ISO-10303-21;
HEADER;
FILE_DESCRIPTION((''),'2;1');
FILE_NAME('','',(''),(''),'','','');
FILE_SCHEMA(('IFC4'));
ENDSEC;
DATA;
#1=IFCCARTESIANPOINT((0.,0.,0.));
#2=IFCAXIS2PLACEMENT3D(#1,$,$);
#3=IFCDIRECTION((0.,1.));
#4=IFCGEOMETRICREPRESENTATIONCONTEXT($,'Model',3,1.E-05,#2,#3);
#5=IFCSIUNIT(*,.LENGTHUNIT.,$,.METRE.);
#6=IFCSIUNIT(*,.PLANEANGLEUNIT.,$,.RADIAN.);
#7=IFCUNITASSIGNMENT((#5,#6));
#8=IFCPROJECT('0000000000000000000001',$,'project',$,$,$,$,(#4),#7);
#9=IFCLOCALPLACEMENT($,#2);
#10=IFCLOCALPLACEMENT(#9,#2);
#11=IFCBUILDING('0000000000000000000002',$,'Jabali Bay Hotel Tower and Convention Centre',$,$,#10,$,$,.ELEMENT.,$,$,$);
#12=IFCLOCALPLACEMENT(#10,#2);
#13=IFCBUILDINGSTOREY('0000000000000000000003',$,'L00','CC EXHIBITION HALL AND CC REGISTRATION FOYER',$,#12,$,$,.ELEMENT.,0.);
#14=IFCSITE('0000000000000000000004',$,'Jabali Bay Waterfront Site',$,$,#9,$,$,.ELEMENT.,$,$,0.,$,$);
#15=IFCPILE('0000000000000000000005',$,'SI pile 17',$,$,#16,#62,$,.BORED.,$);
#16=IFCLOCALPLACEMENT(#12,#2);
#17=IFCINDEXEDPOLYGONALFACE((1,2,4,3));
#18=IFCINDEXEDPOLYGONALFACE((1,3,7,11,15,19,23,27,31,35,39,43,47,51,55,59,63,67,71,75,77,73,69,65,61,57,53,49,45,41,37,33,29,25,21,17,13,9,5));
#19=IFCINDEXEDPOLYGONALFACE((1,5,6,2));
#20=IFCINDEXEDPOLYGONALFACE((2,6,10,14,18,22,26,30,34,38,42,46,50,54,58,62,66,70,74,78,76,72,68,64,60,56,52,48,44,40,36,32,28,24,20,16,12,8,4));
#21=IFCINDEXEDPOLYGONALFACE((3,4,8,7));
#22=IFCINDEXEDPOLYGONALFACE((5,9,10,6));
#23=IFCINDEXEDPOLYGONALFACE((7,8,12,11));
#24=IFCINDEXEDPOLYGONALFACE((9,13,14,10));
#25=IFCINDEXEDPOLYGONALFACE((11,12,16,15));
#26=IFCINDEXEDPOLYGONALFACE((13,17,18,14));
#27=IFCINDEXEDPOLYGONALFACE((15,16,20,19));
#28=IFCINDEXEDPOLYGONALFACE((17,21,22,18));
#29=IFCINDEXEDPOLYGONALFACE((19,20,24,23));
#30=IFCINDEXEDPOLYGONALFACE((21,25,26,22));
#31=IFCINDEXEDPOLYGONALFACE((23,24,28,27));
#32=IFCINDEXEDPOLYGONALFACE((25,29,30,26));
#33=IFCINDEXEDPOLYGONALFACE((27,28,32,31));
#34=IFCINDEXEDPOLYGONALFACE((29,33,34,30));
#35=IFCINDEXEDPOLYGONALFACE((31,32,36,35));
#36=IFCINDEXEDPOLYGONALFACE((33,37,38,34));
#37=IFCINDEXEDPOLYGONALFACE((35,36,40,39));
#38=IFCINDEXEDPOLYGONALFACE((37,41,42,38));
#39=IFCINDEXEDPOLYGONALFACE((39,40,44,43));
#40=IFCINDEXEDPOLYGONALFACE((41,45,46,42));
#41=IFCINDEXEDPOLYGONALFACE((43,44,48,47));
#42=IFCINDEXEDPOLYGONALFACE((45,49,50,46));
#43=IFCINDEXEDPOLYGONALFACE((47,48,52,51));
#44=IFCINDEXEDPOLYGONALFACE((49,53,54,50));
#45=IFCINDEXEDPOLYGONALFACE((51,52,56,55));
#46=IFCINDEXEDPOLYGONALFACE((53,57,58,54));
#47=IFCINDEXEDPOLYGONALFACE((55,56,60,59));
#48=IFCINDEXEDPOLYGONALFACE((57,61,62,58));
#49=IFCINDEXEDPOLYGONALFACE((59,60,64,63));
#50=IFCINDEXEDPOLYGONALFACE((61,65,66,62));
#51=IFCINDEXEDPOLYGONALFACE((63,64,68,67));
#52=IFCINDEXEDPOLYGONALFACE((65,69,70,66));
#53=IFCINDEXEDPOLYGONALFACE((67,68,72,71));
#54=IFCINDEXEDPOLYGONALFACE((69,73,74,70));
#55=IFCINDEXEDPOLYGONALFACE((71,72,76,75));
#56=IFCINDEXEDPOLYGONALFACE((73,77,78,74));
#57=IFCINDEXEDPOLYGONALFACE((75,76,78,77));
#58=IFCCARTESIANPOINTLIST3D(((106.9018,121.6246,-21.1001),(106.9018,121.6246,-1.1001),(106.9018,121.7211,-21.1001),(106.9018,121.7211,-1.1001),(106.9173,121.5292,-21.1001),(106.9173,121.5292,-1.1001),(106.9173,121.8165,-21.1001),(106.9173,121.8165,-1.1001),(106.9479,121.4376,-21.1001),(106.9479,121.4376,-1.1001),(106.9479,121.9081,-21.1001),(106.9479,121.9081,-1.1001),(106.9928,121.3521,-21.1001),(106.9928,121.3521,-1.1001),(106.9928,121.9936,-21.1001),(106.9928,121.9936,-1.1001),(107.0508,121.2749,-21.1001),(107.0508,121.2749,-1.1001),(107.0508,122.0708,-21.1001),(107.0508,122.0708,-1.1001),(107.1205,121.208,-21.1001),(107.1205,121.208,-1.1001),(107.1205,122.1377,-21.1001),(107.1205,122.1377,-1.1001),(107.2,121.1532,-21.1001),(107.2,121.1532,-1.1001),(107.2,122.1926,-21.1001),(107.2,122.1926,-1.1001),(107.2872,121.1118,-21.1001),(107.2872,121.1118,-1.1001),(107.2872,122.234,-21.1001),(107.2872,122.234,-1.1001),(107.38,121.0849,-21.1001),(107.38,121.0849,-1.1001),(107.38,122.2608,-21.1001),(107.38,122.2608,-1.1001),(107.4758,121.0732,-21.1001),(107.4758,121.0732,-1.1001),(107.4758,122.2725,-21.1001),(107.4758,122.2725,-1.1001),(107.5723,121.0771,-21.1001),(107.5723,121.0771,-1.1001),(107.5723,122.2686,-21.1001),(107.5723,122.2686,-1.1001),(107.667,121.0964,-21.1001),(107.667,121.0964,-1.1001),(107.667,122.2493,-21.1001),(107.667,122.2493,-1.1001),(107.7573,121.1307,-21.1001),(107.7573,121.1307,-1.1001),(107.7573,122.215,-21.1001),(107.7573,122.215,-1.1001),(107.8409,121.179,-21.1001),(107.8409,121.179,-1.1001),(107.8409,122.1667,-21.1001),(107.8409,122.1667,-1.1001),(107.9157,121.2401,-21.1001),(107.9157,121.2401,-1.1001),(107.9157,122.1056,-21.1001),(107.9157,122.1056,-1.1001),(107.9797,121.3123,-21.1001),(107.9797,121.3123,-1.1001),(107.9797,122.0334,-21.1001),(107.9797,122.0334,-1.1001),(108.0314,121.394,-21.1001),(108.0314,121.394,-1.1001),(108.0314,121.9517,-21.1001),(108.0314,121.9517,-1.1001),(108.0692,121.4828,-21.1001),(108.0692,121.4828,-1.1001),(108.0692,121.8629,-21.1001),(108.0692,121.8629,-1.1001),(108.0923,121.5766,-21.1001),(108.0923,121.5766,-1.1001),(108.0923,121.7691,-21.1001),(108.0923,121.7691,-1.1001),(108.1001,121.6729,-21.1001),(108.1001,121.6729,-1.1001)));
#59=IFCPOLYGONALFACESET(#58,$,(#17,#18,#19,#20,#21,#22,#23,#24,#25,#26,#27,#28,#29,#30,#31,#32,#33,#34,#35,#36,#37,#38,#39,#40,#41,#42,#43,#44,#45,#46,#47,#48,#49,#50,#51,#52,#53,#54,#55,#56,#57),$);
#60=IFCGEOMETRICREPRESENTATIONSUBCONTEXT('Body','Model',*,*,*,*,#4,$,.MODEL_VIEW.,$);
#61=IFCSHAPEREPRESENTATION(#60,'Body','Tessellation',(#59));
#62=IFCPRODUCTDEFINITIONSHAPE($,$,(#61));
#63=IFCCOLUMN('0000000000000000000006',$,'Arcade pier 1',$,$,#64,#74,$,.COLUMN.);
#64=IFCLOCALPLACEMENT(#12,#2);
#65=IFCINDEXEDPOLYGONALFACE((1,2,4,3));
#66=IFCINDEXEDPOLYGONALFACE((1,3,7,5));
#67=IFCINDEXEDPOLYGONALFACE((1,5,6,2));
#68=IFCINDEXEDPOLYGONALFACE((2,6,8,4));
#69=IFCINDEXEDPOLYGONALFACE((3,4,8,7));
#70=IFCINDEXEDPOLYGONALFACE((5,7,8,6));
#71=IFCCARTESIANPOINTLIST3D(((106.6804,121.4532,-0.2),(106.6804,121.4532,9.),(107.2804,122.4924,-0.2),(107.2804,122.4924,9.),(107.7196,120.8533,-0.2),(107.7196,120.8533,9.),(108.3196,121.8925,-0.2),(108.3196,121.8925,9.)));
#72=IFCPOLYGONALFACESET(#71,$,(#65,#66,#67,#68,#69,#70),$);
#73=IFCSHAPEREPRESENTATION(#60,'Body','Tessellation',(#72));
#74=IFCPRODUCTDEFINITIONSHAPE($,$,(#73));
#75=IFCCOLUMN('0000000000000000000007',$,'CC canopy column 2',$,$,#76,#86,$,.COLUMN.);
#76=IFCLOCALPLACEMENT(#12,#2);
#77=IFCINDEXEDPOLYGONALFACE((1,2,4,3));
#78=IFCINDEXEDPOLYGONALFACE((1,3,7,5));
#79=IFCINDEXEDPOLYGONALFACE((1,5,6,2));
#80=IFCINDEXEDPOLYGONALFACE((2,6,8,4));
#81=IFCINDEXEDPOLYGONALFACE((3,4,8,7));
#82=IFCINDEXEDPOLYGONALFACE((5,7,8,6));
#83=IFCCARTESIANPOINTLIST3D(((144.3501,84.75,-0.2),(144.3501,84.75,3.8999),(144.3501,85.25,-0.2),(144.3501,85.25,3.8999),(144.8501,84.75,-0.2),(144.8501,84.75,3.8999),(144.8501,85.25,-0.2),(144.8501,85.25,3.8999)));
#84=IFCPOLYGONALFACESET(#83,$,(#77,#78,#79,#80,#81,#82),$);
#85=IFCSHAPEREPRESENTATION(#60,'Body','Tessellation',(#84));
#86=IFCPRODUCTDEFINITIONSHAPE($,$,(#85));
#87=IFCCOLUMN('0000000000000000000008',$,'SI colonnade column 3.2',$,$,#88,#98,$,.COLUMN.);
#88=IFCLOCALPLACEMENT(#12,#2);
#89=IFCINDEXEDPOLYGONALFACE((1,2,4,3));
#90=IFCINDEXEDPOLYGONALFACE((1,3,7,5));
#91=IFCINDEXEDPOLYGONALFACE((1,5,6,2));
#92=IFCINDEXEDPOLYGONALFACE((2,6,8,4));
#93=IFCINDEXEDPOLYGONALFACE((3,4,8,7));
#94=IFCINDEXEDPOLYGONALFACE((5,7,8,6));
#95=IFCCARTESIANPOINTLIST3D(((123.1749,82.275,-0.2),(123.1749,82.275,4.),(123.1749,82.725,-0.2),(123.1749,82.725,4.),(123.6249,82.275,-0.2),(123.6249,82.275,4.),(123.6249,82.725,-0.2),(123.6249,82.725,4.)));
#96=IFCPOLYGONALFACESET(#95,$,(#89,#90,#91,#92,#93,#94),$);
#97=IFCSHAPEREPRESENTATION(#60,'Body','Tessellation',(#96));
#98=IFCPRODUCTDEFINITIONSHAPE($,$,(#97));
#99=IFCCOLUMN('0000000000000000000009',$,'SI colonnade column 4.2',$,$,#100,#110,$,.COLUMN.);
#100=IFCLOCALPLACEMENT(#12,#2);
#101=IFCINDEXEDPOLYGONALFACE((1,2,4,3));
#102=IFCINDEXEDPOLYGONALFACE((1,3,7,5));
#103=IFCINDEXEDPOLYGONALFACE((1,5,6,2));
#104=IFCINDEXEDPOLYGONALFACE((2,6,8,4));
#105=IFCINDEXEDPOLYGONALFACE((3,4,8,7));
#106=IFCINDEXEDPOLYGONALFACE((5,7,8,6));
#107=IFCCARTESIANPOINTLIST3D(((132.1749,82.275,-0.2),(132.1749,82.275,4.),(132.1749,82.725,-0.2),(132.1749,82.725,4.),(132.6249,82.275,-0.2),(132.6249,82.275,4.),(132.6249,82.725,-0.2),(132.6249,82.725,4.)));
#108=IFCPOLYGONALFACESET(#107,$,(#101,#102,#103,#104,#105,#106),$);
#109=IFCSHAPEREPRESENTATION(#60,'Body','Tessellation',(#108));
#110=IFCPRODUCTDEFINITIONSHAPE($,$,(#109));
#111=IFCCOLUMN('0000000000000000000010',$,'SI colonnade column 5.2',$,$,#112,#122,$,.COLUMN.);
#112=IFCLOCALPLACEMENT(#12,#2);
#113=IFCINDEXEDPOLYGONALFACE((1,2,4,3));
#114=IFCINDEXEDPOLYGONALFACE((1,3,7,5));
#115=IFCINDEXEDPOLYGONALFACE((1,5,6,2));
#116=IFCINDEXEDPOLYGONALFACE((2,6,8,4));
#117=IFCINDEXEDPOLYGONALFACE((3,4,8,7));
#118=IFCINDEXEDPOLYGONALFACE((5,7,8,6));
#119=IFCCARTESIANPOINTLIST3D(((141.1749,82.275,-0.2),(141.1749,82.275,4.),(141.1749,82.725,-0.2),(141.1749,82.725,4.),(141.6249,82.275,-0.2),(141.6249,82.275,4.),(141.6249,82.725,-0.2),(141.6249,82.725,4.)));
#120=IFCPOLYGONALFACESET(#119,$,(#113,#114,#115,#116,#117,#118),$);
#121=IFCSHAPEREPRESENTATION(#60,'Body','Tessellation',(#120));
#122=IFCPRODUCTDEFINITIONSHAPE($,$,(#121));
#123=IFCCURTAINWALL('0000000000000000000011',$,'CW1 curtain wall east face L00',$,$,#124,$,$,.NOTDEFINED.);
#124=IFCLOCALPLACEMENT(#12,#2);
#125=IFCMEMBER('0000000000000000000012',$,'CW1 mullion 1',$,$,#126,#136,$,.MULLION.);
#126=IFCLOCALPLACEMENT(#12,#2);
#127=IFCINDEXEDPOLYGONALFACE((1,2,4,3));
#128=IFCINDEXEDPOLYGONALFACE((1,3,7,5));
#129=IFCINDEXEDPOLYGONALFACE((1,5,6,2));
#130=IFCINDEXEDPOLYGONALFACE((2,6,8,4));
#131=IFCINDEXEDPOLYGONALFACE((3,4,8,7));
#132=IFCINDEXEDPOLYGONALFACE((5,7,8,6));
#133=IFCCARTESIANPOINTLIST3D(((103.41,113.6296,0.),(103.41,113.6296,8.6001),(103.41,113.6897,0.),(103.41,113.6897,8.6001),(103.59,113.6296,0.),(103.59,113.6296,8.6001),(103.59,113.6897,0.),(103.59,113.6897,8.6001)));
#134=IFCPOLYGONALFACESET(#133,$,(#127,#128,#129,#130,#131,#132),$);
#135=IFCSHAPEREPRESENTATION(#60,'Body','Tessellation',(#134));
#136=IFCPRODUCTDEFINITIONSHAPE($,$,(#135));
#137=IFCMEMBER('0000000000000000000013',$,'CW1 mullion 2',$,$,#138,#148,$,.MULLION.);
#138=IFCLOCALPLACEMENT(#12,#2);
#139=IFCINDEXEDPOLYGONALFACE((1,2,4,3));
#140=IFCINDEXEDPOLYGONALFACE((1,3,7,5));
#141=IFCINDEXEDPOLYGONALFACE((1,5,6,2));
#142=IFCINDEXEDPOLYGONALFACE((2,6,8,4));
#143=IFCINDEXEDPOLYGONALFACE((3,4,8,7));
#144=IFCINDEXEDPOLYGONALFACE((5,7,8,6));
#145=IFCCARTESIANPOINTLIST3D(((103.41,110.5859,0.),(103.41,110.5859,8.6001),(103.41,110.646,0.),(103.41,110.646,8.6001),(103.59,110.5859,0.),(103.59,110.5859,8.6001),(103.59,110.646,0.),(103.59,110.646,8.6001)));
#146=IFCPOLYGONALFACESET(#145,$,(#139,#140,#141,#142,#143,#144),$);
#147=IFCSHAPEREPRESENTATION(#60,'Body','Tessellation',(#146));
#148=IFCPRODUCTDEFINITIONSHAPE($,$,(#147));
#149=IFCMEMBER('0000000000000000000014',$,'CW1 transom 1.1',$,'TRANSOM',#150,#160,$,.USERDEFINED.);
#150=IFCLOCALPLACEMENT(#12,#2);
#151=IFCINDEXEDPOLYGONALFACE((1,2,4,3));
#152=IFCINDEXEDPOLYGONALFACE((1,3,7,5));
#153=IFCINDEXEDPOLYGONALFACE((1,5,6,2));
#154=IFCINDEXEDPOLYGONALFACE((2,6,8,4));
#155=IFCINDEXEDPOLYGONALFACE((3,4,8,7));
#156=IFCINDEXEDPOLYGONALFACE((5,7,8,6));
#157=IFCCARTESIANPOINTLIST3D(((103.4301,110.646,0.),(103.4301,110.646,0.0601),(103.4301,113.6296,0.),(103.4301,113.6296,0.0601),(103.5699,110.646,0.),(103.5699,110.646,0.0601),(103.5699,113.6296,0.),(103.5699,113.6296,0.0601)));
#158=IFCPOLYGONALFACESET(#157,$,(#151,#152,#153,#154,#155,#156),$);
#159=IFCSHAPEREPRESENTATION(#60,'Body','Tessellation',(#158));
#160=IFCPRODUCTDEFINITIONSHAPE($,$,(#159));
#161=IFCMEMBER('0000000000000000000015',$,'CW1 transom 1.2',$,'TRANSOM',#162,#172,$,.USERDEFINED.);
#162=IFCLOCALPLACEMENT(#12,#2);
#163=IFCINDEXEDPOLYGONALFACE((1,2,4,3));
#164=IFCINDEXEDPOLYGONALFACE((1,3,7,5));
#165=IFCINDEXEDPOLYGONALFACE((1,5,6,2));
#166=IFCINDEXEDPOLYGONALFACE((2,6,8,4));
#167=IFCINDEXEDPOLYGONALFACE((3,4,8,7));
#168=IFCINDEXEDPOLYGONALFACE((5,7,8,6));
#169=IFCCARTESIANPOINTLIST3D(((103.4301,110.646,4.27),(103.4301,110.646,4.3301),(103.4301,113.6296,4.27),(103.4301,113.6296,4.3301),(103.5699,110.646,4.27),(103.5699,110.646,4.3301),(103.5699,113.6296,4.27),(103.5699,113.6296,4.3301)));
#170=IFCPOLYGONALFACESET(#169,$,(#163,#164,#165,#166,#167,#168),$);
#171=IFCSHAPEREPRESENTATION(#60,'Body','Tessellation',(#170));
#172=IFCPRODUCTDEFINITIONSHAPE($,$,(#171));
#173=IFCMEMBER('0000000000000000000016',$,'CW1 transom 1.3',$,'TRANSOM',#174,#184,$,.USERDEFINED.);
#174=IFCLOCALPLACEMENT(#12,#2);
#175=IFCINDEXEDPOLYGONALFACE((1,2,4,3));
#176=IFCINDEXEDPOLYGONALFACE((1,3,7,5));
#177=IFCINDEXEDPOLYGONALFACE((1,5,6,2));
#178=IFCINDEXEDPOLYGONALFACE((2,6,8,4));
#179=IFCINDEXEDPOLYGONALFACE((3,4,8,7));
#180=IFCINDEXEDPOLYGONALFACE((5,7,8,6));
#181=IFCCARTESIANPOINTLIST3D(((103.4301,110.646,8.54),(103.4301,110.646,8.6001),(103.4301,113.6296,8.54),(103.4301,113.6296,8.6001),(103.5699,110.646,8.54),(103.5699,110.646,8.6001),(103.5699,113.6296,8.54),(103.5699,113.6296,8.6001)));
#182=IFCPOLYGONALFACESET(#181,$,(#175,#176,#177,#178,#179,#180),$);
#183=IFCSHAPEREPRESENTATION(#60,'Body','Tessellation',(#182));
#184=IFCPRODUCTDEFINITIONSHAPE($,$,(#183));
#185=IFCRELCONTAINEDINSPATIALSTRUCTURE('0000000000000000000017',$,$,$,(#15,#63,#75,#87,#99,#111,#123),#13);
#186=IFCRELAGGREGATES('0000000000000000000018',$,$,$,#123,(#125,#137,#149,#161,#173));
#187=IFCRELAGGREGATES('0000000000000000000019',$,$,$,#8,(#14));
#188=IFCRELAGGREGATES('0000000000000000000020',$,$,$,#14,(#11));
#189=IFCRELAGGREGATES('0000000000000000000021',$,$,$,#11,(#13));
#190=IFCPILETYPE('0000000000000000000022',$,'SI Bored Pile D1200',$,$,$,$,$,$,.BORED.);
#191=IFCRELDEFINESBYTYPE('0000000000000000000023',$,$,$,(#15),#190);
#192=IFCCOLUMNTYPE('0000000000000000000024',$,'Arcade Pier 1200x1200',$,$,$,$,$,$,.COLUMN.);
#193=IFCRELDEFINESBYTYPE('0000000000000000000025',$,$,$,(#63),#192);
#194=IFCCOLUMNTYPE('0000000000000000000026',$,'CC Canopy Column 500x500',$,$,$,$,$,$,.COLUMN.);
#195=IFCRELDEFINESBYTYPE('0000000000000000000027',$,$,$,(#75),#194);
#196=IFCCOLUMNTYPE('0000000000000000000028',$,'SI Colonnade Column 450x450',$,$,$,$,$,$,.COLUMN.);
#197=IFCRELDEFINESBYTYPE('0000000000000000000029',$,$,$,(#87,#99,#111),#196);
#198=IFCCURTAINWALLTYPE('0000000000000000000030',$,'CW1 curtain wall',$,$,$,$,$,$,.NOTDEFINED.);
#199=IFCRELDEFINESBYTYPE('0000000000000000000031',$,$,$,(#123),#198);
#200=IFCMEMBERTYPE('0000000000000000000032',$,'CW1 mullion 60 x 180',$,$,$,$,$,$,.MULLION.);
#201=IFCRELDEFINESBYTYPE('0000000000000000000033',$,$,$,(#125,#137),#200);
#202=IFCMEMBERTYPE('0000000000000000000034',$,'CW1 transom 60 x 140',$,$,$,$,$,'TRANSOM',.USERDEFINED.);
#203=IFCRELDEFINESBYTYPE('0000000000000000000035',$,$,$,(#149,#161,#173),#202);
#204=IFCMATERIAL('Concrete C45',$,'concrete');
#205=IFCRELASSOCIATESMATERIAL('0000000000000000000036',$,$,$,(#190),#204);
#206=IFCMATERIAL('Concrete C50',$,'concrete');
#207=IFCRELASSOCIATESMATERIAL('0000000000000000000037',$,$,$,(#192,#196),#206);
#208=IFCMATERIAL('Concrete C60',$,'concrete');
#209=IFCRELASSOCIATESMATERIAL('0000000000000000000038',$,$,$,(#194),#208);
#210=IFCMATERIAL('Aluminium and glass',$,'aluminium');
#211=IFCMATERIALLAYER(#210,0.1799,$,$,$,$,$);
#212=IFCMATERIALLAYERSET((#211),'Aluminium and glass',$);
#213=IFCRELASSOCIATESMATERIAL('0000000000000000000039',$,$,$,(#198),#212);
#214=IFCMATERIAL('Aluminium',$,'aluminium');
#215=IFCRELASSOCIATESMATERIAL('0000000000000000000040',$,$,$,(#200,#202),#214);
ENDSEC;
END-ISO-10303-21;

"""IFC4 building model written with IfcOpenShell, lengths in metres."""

from ifc_helpers import new_model, si_unit, direction, frame, origin, origin_2d, place, context, subcontext, project, spatial, rectangle, circle, extrude, material, layer, layer_set, material_profile, profile_set, type_object, element, aggregate, save


model = new_model("IFC4")

# Units and contexts
model_context = context("Model", 3, precision=1e-05, world=origin(), true_north=direction((0.0, 1.0)))
body_context = subcontext(model_context, "Body", "Model", "MODEL_VIEW")
ifc_project = project(units=[si_unit("LENGTHUNIT", "METRE"), si_unit("PLANEANGLEUNIT", "RADIAN")], contexts=[model_context])

# Site, building, storey
site_placement = place(None, origin())
site = spatial("IfcSite", under=ifc_project, at=site_placement, Name="Jabali Bay Waterfront Site", CompositionType="ELEMENT", RefElevation=0.0)
building_placement = place(site_placement, origin())
building = spatial("IfcBuilding", under=site, at=building_placement, Name="Jabali Bay Hotel Tower and Convention Centre", CompositionType="ELEMENT")
storey_placement = place(building_placement, origin())
storey = spatial("IfcBuildingStorey", under=building, at=storey_placement, Name="L00", Description="CC EXHIBITION HALL AND CC REGISTRATION FOYER", CompositionType="ELEMENT", Elevation=0.0)

# Pile
ifc_material_1 = material(Name="Concrete C45", Category="concrete")
ifc_material_profile_1 = material_profile(ifc_material_1, circle(Radius=0.6001, at=origin_2d()), Name="D1200")
ifc_profile_set_1 = profile_set([ifc_material_profile_1], Name="Concrete C45")
pile_type_1 = type_object("IfcPileType", Name="SI Bored Pile D1200", PredefinedType="BORED", material=ifc_profile_set_1)
for number, where, z_axis, x_axis, name in (
    (1, (107.5, 121.6729, -1.1001), (0.0, 0.0, -1.0), (1.0, 0.0, 0.0), "SI pile 17"),
):
    element("IfcPile", number, at=place(storey_placement, frame(where, z_axis=z_axis, x_axis=x_axis)), inside=storey, type_object=pile_type_1, Name=name, PredefinedType="BORED", context=body_context, shape_type="SweptSolid", body=[
        extrude(circle(Radius=0.6001, at=origin_2d()), origin(), (0.0, 0.0, 1.0), 20.0),
    ])

# Columns
ifc_material_2 = material(Name="Concrete C50", Category="concrete")
ifc_material_profile_2 = material_profile(ifc_material_2, rectangle(XDim=1.2, YDim=1.2, at=origin_2d()), Name="RC 1200x1200")
ifc_profile_set_2 = profile_set([ifc_material_profile_2], Name="Concrete C50")
column_type_1 = type_object("IfcColumnType", Name="Arcade Pier 1200x1200", PredefinedType="COLUMN", material=ifc_profile_set_2)
column_1_placement = place(storey_placement, frame((107.5, 121.6729, -0.2), z_axis=(0.0, 0.0, 1.0), x_axis=(-0.866025, 0.5, 0.0)))
element("IfcColumn", 2, at=column_1_placement, inside=storey, type_object=column_type_1, Name="Arcade pier 1", PredefinedType="COLUMN", context=body_context, shape_type="SweptSolid", body=[
    extrude(rectangle(XDim=1.2, YDim=1.2, at=origin_2d()), origin(), (0.0, 0.0, 1.0), 9.2),
])
ifc_material_3 = material(Name="Concrete C60", Category="concrete")
ifc_material_profile_3 = material_profile(ifc_material_3, rectangle(XDim=0.5, YDim=0.5, at=origin_2d()), Name="RC 500x500")
ifc_profile_set_3 = profile_set([ifc_material_profile_3], Name="Concrete C60")
column_type_2 = type_object("IfcColumnType", Name="CC Canopy Column 500x500", PredefinedType="COLUMN", material=ifc_profile_set_3)
column_2_placement = place(storey_placement, frame((144.6001, 85.0, -0.2), z_axis=(0.0, 0.0, 1.0), x_axis=(1.0, 0.0, 0.0)))
element("IfcColumn", 3, at=column_2_placement, inside=storey, type_object=column_type_2, Name="CC canopy column 2", PredefinedType="COLUMN", context=body_context, shape_type="SweptSolid", body=[
    extrude(rectangle(XDim=0.5, YDim=0.5, at=origin_2d()), origin(), (0.0, 0.0, 1.0), 4.0999),
])
ifc_material_profile_4 = material_profile(ifc_material_2, rectangle(XDim=0.45, YDim=0.45, at=origin_2d()), Name="RC 450x450")
ifc_profile_set_4 = profile_set([ifc_material_profile_4], Name="Concrete C50")
column_type_3 = type_object("IfcColumnType", Name="SI Colonnade Column 450x450", PredefinedType="COLUMN", material=ifc_profile_set_4)
for number, where, z_axis, x_axis, name in (
    (4, (123.3999, 82.5, -0.2), (0.0, 0.0, 1.0), (1.0, 0.0, 0.0), "SI colonnade column 3.2"),
    (5, (132.3999, 82.5, -0.2), (0.0, 0.0, 1.0), (1.0, 0.0, 0.0), "SI colonnade column 4.2"),
    (6, (141.3999, 82.5, -0.2), (0.0, 0.0, 1.0), (1.0, 0.0, 0.0), "SI colonnade column 5.2"),
):
    element("IfcColumn", number, at=place(storey_placement, frame(where, z_axis=z_axis, x_axis=x_axis)), inside=storey, type_object=column_type_3, Name=name, PredefinedType="COLUMN", context=body_context, shape_type="SweptSolid", body=[
        extrude(rectangle(XDim=0.45, YDim=0.45, at=origin_2d()), origin(), (0.0, 0.0, 1.0), 4.2),
    ])

# Curtain wall, members
ifc_material_4 = material(Name="Aluminium and glass", Category="aluminium")
ifc_layer_1 = layer(ifc_material_4, 0.1799)
ifc_layer_set_1 = layer_set([ifc_layer_1], Name="Aluminium and glass")
curtain_wall_type = type_object("IfcCurtainWallType", Name="CW1 curtain wall", PredefinedType="NOTDEFINED", material=ifc_layer_set_1)
curtain_wall_placement = place(storey_placement, origin())
curtain_wall = element("IfcCurtainWall", 7, at=curtain_wall_placement, inside=storey, type_object=curtain_wall_type, Name="CW1 curtain wall east face L00", PredefinedType="NOTDEFINED")
ifc_material_5 = material(Name="Aluminium", Category="aluminium")
ifc_material_profile_5 = material_profile(ifc_material_5, rectangle(XDim=0.1799, YDim=0.0601, at=origin_2d()), Name="CW1 mullion 60 x 180")
ifc_profile_set_5 = profile_set([ifc_material_profile_5], Name="Aluminium")
member_type_1 = type_object("IfcMemberType", Name="CW1 mullion 60 x 180", PredefinedType="MULLION", material=ifc_profile_set_5)
member_1_placement = place(storey_placement, frame((103.5, 113.6597, 0.0), z_axis=(0.0, 0.0, 1.0), x_axis=(1.0, 0.0, 0.0)))
member_1 = element("IfcMember", 8, at=member_1_placement, type_object=member_type_1, Name="CW1 mullion 1", PredefinedType="MULLION", context=body_context, shape_type="SweptSolid", body=[
    extrude(rectangle(XDim=0.1799, YDim=0.0601, at=origin_2d()), origin(), (0.0, 0.0, 1.0), 8.6001),
])
member_2_placement = place(storey_placement, frame((103.5, 110.616, 0.0), z_axis=(0.0, 0.0, 1.0), x_axis=(1.0, 0.0, 0.0)))
member_2 = element("IfcMember", 9, at=member_2_placement, type_object=member_type_1, Name="CW1 mullion 2", PredefinedType="MULLION", context=body_context, shape_type="SweptSolid", body=[
    extrude(rectangle(XDim=0.1799, YDim=0.0601, at=origin_2d()), origin(), (0.0, 0.0, 1.0), 8.6001),
])
ifc_material_profile_6 = material_profile(ifc_material_5, rectangle(XDim=0.1399, YDim=0.0601, at=origin_2d()), Name="CW1 transom 60 x 140")
ifc_profile_set_6 = profile_set([ifc_material_profile_6], Name="Aluminium")
member_type_2 = type_object("IfcMemberType", Name="CW1 transom 60 x 140", ElementType="TRANSOM", PredefinedType="USERDEFINED", material=ifc_profile_set_6)
member_3_placement = place(storey_placement, frame((103.5, 113.6296, 0.03), z_axis=(0.0, -1.0, 0.0), x_axis=(1.0, 0.0, 0.0)))
member_3 = element("IfcMember", 10, at=member_3_placement, type_object=member_type_2, Name="CW1 transom 1.1", ObjectType="TRANSOM", PredefinedType="USERDEFINED", context=body_context, shape_type="SweptSolid", body=[
    extrude(rectangle(XDim=0.1399, YDim=0.0601, at=origin_2d()), origin(), (0.0, 0.0, 1.0), 2.9836),
])
member_4_placement = place(storey_placement, frame((103.5, 113.6296, 4.3), z_axis=(0.0, -1.0, 0.0), x_axis=(1.0, 0.0, 0.0)))
member_4 = element("IfcMember", 11, at=member_4_placement, type_object=member_type_2, Name="CW1 transom 1.2", ObjectType="TRANSOM", PredefinedType="USERDEFINED", context=body_context, shape_type="SweptSolid", body=[
    extrude(rectangle(XDim=0.1399, YDim=0.0601, at=origin_2d()), origin(), (0.0, 0.0, 1.0), 2.9836),
])
member_5_placement = place(storey_placement, frame((103.5, 113.6296, 8.5701), z_axis=(0.0, -1.0, 0.0), x_axis=(1.0, 0.0, 0.0)))
member_5 = element("IfcMember", 12, at=member_5_placement, type_object=member_type_2, Name="CW1 transom 1.3", ObjectType="TRANSOM", PredefinedType="USERDEFINED", context=body_context, shape_type="SweptSolid", body=[
    extrude(rectangle(XDim=0.1399, YDim=0.0601, at=origin_2d()), origin(), (0.0, 0.0, 1.0), 2.9836),
])
aggregate(curtain_wall, [member_1, member_2, member_3, member_4, member_5])

save(model, "model.ifc")
